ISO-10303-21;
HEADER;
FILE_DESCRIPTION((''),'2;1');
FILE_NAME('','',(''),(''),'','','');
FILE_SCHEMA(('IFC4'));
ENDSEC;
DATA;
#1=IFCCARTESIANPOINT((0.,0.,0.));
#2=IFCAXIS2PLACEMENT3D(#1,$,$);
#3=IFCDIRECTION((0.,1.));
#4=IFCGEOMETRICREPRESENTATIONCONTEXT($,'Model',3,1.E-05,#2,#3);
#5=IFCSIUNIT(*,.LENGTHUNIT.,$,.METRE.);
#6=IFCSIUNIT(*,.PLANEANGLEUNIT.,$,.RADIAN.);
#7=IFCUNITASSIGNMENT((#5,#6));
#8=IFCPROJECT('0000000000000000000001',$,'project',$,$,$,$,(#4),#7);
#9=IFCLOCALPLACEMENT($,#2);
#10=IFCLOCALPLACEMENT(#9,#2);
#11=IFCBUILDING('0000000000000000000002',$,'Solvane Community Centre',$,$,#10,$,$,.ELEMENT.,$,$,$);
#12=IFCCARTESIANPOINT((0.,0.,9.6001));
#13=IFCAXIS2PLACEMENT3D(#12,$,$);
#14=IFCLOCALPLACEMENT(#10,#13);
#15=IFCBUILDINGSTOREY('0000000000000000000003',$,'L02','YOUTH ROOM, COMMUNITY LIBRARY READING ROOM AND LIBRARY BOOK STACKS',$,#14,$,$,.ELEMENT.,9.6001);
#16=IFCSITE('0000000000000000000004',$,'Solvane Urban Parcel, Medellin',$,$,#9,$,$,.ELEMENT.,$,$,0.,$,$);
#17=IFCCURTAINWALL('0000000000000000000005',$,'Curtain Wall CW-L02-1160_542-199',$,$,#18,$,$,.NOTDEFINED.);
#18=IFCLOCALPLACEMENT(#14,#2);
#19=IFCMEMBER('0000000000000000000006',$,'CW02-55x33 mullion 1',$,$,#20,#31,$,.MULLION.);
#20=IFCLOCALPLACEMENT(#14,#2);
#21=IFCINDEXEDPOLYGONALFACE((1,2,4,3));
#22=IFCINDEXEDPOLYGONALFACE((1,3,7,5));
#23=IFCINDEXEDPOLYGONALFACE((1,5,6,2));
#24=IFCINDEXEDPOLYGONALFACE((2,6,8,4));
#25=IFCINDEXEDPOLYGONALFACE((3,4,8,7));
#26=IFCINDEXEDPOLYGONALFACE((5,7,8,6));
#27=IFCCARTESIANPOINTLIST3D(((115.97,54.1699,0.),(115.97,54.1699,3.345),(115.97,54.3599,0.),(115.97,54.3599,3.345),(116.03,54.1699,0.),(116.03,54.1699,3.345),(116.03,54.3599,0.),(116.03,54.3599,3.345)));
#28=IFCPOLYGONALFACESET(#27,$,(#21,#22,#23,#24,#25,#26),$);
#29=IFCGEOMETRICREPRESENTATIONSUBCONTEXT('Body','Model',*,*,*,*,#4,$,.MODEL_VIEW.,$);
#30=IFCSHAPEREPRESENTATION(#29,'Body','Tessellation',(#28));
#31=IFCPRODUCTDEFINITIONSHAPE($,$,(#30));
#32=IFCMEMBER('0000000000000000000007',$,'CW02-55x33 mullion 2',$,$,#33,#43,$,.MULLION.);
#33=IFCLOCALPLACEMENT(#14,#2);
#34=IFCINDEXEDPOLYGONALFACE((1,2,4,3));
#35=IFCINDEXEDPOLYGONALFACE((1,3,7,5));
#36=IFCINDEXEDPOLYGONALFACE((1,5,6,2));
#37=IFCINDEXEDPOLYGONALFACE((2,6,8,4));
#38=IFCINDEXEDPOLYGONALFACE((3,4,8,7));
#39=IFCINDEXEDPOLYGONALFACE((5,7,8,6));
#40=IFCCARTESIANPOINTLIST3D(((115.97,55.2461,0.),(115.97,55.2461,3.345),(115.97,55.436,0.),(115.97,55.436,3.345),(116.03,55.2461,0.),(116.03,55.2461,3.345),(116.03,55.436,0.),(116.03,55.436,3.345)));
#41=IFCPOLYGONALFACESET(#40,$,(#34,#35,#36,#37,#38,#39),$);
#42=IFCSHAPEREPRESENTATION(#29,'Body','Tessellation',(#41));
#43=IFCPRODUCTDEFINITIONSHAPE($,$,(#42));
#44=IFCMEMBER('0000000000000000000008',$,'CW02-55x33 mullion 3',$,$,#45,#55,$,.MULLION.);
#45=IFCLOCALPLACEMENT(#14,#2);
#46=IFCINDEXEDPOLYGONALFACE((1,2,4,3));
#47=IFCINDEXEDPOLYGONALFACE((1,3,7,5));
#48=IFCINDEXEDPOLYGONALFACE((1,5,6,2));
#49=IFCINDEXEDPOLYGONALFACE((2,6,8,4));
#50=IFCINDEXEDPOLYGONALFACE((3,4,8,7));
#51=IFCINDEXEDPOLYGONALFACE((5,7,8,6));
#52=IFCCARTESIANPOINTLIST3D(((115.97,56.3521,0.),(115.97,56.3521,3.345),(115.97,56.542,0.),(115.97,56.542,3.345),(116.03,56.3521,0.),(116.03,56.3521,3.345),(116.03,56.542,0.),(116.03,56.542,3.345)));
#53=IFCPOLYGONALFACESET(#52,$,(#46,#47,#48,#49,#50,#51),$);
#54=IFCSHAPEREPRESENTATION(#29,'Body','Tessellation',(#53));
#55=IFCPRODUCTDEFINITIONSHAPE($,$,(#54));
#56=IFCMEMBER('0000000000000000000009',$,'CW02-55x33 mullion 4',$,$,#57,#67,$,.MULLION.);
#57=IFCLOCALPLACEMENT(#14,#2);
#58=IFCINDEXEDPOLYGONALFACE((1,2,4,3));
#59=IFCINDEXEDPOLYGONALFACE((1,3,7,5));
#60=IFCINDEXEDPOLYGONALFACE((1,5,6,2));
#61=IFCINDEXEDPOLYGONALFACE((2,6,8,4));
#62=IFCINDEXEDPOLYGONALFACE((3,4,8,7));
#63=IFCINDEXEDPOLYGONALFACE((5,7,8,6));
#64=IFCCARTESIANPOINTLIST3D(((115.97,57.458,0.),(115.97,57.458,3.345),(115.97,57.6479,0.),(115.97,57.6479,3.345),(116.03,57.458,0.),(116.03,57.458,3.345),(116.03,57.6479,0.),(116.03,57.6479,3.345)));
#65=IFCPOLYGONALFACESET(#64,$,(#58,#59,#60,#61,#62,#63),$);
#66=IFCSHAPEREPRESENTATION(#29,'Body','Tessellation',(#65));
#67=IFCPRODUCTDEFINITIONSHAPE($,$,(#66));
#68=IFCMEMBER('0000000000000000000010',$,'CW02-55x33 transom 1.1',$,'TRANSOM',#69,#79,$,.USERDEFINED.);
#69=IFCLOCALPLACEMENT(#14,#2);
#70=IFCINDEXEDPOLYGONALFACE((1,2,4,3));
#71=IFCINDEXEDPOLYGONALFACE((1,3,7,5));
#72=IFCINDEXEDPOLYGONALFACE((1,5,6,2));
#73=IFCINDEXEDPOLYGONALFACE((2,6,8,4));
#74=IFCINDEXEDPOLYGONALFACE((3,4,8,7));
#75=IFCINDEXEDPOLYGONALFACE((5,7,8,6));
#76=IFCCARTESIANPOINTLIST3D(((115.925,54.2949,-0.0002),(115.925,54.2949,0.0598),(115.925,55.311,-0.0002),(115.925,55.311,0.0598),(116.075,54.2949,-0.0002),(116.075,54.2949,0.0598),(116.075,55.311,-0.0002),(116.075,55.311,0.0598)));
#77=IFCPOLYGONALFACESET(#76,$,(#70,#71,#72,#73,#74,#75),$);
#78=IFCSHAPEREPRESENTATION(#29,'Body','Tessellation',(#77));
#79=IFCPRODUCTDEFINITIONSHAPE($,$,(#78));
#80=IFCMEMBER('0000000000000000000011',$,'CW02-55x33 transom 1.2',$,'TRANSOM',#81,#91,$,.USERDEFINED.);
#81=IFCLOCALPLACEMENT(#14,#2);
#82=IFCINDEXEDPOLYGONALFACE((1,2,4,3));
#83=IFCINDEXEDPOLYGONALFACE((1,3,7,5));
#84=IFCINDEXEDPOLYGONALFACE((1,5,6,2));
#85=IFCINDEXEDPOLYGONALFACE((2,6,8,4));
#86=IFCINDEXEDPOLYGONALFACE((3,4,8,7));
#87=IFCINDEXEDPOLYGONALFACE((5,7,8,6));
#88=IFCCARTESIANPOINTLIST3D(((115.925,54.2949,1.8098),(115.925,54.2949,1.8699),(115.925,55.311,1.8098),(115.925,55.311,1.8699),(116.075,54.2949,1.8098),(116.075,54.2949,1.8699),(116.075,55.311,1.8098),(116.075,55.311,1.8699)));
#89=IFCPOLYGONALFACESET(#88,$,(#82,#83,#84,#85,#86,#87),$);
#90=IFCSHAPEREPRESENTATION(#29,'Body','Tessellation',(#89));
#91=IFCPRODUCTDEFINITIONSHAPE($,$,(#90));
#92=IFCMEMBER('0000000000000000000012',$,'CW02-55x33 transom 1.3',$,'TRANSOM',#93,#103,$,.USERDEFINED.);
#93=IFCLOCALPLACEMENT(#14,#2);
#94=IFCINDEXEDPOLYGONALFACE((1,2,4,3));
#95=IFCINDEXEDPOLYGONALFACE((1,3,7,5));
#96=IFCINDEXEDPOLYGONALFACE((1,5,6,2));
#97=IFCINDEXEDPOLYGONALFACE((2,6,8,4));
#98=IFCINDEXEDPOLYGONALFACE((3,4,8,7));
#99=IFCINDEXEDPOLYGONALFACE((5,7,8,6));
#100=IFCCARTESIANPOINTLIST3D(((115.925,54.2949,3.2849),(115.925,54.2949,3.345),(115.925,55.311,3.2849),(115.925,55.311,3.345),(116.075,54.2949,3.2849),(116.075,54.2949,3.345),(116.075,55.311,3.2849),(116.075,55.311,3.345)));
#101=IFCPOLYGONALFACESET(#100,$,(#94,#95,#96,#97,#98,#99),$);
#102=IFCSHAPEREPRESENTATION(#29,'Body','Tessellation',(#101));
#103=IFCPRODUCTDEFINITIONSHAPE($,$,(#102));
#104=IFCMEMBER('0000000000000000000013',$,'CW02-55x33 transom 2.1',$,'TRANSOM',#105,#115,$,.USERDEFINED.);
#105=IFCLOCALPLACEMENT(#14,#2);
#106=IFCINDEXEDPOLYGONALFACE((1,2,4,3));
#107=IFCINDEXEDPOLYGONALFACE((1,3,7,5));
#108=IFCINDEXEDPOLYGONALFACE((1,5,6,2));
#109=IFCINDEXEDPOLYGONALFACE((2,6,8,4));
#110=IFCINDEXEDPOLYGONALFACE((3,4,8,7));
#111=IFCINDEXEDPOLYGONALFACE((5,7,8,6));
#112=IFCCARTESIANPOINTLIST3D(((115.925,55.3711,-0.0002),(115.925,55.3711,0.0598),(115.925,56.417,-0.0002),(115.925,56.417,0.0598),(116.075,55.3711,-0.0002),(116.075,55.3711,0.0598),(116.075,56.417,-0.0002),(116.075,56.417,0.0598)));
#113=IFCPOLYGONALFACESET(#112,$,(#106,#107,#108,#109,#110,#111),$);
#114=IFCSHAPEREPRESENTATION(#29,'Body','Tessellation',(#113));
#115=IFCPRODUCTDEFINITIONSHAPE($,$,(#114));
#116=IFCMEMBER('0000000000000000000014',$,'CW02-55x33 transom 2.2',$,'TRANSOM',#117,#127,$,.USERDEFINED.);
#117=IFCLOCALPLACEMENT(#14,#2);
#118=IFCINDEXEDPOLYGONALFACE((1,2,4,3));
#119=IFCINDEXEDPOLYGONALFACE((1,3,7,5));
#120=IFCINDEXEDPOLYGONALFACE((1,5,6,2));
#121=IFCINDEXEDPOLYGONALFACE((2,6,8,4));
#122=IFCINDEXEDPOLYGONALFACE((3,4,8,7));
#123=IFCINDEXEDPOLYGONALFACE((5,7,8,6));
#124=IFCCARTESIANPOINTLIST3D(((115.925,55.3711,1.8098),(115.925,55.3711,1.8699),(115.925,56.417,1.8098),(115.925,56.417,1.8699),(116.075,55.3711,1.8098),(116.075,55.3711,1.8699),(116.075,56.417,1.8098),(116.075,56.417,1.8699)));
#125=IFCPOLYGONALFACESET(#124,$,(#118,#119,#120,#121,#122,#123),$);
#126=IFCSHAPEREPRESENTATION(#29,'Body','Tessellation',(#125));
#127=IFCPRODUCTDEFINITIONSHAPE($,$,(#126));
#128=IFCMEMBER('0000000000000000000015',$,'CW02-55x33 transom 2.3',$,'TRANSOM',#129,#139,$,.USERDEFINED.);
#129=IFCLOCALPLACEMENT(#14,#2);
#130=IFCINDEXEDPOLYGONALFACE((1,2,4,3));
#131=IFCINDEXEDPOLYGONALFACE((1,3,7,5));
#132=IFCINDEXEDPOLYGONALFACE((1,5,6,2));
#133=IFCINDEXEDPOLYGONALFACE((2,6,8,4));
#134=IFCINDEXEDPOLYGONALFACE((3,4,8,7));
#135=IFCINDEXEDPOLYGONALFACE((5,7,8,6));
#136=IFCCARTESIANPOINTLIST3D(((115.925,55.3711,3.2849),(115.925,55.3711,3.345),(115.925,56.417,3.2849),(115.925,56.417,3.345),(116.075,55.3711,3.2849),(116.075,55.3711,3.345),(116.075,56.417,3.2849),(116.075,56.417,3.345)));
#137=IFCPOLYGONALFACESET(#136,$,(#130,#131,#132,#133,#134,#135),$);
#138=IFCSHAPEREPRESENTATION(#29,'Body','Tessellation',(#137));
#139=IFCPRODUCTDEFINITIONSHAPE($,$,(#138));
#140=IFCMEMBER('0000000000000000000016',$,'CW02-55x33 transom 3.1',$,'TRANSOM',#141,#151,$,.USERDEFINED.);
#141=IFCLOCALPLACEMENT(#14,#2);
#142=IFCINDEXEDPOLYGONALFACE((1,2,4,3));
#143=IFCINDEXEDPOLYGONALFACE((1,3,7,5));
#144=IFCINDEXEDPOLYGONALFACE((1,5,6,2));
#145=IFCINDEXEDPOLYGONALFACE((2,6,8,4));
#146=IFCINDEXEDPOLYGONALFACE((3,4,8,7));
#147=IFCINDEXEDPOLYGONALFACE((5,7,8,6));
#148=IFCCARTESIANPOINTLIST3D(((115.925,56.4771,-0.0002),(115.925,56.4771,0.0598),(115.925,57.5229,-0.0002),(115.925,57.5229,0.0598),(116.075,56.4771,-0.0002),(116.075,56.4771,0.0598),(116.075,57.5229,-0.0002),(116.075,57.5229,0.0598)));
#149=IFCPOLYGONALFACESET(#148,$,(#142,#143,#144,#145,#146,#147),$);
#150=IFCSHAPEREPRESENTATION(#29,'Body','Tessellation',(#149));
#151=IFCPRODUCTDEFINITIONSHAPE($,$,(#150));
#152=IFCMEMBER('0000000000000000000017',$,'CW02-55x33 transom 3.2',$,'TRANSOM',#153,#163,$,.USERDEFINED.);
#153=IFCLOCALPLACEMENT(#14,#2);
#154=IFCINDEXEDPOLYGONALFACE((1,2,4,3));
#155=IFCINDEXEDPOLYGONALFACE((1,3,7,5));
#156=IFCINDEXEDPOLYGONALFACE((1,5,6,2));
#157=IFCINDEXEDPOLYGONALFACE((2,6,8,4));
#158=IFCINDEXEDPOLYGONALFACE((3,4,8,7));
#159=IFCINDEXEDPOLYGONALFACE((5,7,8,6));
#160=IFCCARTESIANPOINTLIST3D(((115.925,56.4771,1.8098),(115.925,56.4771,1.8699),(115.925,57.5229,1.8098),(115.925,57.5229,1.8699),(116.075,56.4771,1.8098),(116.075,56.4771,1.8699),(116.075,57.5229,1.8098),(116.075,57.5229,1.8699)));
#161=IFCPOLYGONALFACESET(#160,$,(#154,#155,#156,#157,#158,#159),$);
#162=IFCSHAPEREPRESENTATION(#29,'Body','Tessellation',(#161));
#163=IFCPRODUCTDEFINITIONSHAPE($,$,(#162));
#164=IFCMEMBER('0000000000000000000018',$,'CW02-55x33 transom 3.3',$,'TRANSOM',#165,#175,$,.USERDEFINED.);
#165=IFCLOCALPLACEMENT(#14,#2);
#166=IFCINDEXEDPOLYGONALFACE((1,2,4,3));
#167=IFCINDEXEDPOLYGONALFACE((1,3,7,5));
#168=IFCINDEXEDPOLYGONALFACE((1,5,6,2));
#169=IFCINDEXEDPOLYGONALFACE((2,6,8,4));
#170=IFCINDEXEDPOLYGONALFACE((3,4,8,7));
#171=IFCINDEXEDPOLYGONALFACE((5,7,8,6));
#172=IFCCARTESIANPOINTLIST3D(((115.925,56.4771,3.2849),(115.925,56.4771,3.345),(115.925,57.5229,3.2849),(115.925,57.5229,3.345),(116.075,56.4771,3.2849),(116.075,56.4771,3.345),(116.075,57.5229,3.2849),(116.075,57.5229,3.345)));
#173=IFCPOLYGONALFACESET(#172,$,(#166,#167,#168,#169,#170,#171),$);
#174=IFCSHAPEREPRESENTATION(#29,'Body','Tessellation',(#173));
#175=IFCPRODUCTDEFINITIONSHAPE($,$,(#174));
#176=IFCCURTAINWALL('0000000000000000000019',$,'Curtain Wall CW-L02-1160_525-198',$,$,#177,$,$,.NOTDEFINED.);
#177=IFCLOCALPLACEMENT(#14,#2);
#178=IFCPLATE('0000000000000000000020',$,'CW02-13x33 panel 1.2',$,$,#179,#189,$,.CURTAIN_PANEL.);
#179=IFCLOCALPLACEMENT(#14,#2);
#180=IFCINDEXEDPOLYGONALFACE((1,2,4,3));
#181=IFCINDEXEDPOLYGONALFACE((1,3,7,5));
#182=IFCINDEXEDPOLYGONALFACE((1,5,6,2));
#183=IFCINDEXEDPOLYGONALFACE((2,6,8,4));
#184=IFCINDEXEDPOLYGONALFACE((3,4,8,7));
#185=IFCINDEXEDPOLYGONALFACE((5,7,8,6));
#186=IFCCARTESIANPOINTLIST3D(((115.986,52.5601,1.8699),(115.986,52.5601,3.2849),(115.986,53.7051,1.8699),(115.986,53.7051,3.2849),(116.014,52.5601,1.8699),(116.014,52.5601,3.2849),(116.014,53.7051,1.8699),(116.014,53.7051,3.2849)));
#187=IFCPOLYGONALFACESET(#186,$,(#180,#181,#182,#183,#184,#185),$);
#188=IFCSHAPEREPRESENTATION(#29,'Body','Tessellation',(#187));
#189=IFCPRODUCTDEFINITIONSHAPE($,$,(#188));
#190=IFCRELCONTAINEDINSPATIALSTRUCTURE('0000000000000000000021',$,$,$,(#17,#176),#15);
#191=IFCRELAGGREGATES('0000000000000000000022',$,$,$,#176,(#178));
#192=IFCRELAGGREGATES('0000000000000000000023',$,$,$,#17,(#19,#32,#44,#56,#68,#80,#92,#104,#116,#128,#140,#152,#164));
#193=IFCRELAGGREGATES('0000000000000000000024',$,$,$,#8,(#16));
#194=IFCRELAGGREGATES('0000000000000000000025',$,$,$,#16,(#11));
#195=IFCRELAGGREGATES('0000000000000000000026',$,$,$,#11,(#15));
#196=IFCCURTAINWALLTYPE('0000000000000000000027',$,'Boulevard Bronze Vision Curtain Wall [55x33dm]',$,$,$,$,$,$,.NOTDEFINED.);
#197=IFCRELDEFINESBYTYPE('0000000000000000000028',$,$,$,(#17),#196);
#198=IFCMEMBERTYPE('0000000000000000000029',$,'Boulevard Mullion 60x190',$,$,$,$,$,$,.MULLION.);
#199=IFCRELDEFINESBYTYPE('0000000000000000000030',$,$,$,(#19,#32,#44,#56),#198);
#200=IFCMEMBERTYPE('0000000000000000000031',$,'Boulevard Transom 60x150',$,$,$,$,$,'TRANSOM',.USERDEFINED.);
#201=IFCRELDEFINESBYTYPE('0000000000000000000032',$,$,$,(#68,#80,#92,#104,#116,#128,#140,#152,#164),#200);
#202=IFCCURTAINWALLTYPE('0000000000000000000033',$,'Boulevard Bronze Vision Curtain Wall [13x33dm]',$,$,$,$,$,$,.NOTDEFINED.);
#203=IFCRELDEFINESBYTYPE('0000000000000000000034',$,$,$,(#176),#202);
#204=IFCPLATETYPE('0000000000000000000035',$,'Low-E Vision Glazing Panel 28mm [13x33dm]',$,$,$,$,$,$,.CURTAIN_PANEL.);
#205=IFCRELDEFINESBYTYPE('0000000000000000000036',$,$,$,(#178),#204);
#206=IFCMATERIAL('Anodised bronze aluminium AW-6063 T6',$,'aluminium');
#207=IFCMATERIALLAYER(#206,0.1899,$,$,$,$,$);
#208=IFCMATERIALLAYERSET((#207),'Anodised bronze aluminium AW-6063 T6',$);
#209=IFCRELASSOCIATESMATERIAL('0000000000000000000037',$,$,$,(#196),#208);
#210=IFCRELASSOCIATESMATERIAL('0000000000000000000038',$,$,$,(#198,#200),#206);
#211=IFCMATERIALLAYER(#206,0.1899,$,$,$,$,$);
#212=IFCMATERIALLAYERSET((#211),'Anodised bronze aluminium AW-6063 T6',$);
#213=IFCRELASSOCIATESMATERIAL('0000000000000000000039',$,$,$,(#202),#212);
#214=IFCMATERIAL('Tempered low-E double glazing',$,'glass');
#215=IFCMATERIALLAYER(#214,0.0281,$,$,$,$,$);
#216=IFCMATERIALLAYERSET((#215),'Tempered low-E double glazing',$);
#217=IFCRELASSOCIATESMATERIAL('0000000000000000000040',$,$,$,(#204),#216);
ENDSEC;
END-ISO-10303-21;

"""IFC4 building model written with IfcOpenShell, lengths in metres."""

from ifc_helpers import new_model, si_unit, direction, frame, origin, origin_2d, place, context, subcontext, project, spatial, rectangle, extrude, material, layer, layer_set, material_profile, profile_set, type_object, element, aggregate, save


model = new_model("IFC4")

# Units and contexts
model_context = context("Model", 3, precision=1e-05, world=origin(), true_north=direction((0.0, 1.0)))
body_context = subcontext(model_context, "Body", "Model", "MODEL_VIEW")
ifc_project = project(units=[si_unit("LENGTHUNIT", "METRE"), si_unit("PLANEANGLEUNIT", "RADIAN")], contexts=[model_context])

# Site, building, storey
site_placement = place(None, origin())
site = spatial("IfcSite", under=ifc_project, at=site_placement, Name="Solvane Urban Parcel, Medellin", CompositionType="ELEMENT", RefElevation=0.0)
building_placement = place(site_placement, origin())
building = spatial("IfcBuilding", under=site, at=building_placement, Name="Solvane Community Centre", CompositionType="ELEMENT")
storey_placement = place(building_placement, frame((0.0, 0.0, 9.6001)))
storey = spatial("IfcBuildingStorey", under=building, at=storey_placement, Name="L02", Description="YOUTH ROOM, COMMUNITY LIBRARY READING ROOM AND LIBRARY BOOK STACKS", CompositionType="ELEMENT", Elevation=9.6001)

# Curtain wall, members
ifc_material_1 = material(Name="Anodised bronze aluminium AW-6063 T6", Category="aluminium")
ifc_layer_1 = layer(ifc_material_1, 0.1899)
ifc_layer_set_1 = layer_set([ifc_layer_1], Name="Anodised bronze aluminium AW-6063 T6")
curtain_wall_type_1 = type_object("IfcCurtainWallType", Name="Boulevard Bronze Vision Curtain Wall [55x33dm]", PredefinedType="NOTDEFINED", material=ifc_layer_set_1)
curtain_wall_1_placement = place(storey_placement, origin())
curtain_wall_1 = element("IfcCurtainWall", 1, at=curtain_wall_1_placement, inside=storey, type_object=curtain_wall_type_1, Name="Curtain Wall CW-L02-1160_542-199", PredefinedType="NOTDEFINED")
ifc_material_profile_1 = material_profile(ifc_material_1, rectangle(XDim=0.0601, YDim=0.1899, at=origin_2d()), Name="CW-M 60x190")
ifc_profile_set_1 = profile_set([ifc_material_profile_1], Name="Anodised bronze aluminium AW-6063 T6")
member_type_1 = type_object("IfcMemberType", Name="Boulevard Mullion 60x190", PredefinedType="MULLION", material=ifc_profile_set_1)
member_1_placement = place(storey_placement, frame((116.0, 54.2649, 0.0), z_axis=(0.0, 0.0, 1.0), x_axis=(-1.0, 0.0, 0.0)))
member_1 = element("IfcMember", 2, at=member_1_placement, type_object=member_type_1, Name="CW02-55x33 mullion 1", PredefinedType="MULLION", context=body_context, shape_type="SweptSolid", body=[
    extrude(rectangle(XDim=0.0601, YDim=0.1899, at=origin_2d()), origin(), (0.0, 0.0, 1.0), 3.345),
])
member_2_placement = place(storey_placement, frame((116.0, 55.3411, 0.0), z_axis=(0.0, 0.0, 1.0), x_axis=(-1.0, 0.0, 0.0)))
member_2 = element("IfcMember", 3, at=member_2_placement, type_object=member_type_1, Name="CW02-55x33 mullion 2", PredefinedType="MULLION", context=body_context, shape_type="SweptSolid", body=[
    extrude(rectangle(XDim=0.0601, YDim=0.1899, at=origin_2d()), origin(), (0.0, 0.0, 1.0), 3.345),
])
member_3_placement = place(storey_placement, frame((116.0, 56.447, 0.0), z_axis=(0.0, 0.0, 1.0), x_axis=(-1.0, 0.0, 0.0)))
member_3 = element("IfcMember", 4, at=member_3_placement, type_object=member_type_1, Name="CW02-55x33 mullion 3", PredefinedType="MULLION", context=body_context, shape_type="SweptSolid", body=[
    extrude(rectangle(XDim=0.0601, YDim=0.1899, at=origin_2d()), origin(), (0.0, 0.0, 1.0), 3.345),
])
member_4_placement = place(storey_placement, frame((116.0, 57.553, 0.0), z_axis=(0.0, 0.0, 1.0), x_axis=(-1.0, 0.0, 0.0)))
member_4 = element("IfcMember", 5, at=member_4_placement, type_object=member_type_1, Name="CW02-55x33 mullion 4", PredefinedType="MULLION", context=body_context, shape_type="SweptSolid", body=[
    extrude(rectangle(XDim=0.0601, YDim=0.1899, at=origin_2d()), origin(), (0.0, 0.0, 1.0), 3.345),
])
ifc_material_profile_2 = material_profile(ifc_material_1, rectangle(XDim=0.1499, YDim=0.0601, at=origin_2d()), Name="CW-T 60x150")
ifc_profile_set_2 = profile_set([ifc_material_profile_2], Name="Anodised bronze aluminium AW-6063 T6")
member_type_2 = type_object("IfcMemberType", Name="Boulevard Transom 60x150", ElementType="TRANSOM", PredefinedType="USERDEFINED", material=ifc_profile_set_2)
member_5_placement = place(storey_placement, frame((116.0, 54.2949, 0.0298), z_axis=(0.0, 1.0, 0.0), x_axis=(-1.0, 0.0, 0.0)))
member_5 = element("IfcMember", 6, at=member_5_placement, type_object=member_type_2, Name="CW02-55x33 transom 1.1", ObjectType="TRANSOM", PredefinedType="USERDEFINED", context=body_context, shape_type="SweptSolid", body=[
    extrude(rectangle(XDim=0.1499, YDim=0.0601, at=origin_2d()), origin(), (0.0, 0.0, 1.0), 1.0161),
])
member_6_placement = place(storey_placement, frame((116.0, 54.2949, 1.8398), z_axis=(0.0, 1.0, 0.0), x_axis=(-1.0, 0.0, 0.0)))
member_6 = element("IfcMember", 7, at=member_6_placement, type_object=member_type_2, Name="CW02-55x33 transom 1.2", ObjectType="TRANSOM", PredefinedType="USERDEFINED", context=body_context, shape_type="SweptSolid", body=[
    extrude(rectangle(XDim=0.1499, YDim=0.0601, at=origin_2d()), origin(), (0.0, 0.0, 1.0), 1.0161),
])
member_7_placement = place(storey_placement, frame((116.0, 54.2949, 3.3149), z_axis=(0.0, 1.0, 0.0), x_axis=(-1.0, 0.0, 0.0)))
member_7 = element("IfcMember", 8, at=member_7_placement, type_object=member_type_2, Name="CW02-55x33 transom 1.3", ObjectType="TRANSOM", PredefinedType="USERDEFINED", context=body_context, shape_type="SweptSolid", body=[
    extrude(rectangle(XDim=0.1499, YDim=0.0601, at=origin_2d()), origin(), (0.0, 0.0, 1.0), 1.0161),
])
member_8_placement = place(storey_placement, frame((116.0, 55.3711, 0.0298), z_axis=(0.0, 1.0, 0.0), x_axis=(-1.0, 0.0, 0.0)))
member_8 = element("IfcMember", 9, at=member_8_placement, type_object=member_type_2, Name="CW02-55x33 transom 2.1", ObjectType="TRANSOM", PredefinedType="USERDEFINED", context=body_context, shape_type="SweptSolid", body=[
    extrude(rectangle(XDim=0.1499, YDim=0.0601, at=origin_2d()), origin(), (0.0, 0.0, 1.0), 1.0459),
])
member_9_placement = place(storey_placement, frame((116.0, 55.3711, 1.8398), z_axis=(0.0, 1.0, 0.0), x_axis=(-1.0, 0.0, 0.0)))
member_9 = element("IfcMember", 10, at=member_9_placement, type_object=member_type_2, Name="CW02-55x33 transom 2.2", ObjectType="TRANSOM", PredefinedType="USERDEFINED", context=body_context, shape_type="SweptSolid", body=[
    extrude(rectangle(XDim=0.1499, YDim=0.0601, at=origin_2d()), origin(), (0.0, 0.0, 1.0), 1.0459),
])
member_10_placement = place(storey_placement, frame((116.0, 55.3711, 3.3149), z_axis=(0.0, 1.0, 0.0), x_axis=(-1.0, 0.0, 0.0)))
member_10 = element("IfcMember", 11, at=member_10_placement, type_object=member_type_2, Name="CW02-55x33 transom 2.3", ObjectType="TRANSOM", PredefinedType="USERDEFINED", context=body_context, shape_type="SweptSolid", body=[
    extrude(rectangle(XDim=0.1499, YDim=0.0601, at=origin_2d()), origin(), (0.0, 0.0, 1.0), 1.0459),
])
member_11_placement = place(storey_placement, frame((116.0, 56.4771, 0.0298), z_axis=(0.0, 1.0, 0.0), x_axis=(-1.0, 0.0, 0.0)))
member_11 = element("IfcMember", 12, at=member_11_placement, type_object=member_type_2, Name="CW02-55x33 transom 3.1", ObjectType="TRANSOM", PredefinedType="USERDEFINED", context=body_context, shape_type="SweptSolid", body=[
    extrude(rectangle(XDim=0.1499, YDim=0.0601, at=origin_2d()), origin(), (0.0, 0.0, 1.0), 1.0459),
])
member_12_placement = place(storey_placement, frame((116.0, 56.4771, 1.8398), z_axis=(0.0, 1.0, 0.0), x_axis=(-1.0, 0.0, 0.0)))
member_12 = element("IfcMember", 13, at=member_12_placement, type_object=member_type_2, Name="CW02-55x33 transom 3.2", ObjectType="TRANSOM", PredefinedType="USERDEFINED", context=body_context, shape_type="SweptSolid", body=[
    extrude(rectangle(XDim=0.1499, YDim=0.0601, at=origin_2d()), origin(), (0.0, 0.0, 1.0), 1.0459),
])
member_13_placement = place(storey_placement, frame((116.0, 56.4771, 3.3149), z_axis=(0.0, 1.0, 0.0), x_axis=(-1.0, 0.0, 0.0)))
member_13 = element("IfcMember", 14, at=member_13_placement, type_object=member_type_2, Name="CW02-55x33 transom 3.3", ObjectType="TRANSOM", PredefinedType="USERDEFINED", context=body_context, shape_type="SweptSolid", body=[
    extrude(rectangle(XDim=0.1499, YDim=0.0601, at=origin_2d()), origin(), (0.0, 0.0, 1.0), 1.0459),
])

# Curtain wall, plate
ifc_layer_2 = layer(ifc_material_1, 0.1899)
ifc_layer_set_2 = layer_set([ifc_layer_2], Name="Anodised bronze aluminium AW-6063 T6")
curtain_wall_type_2 = type_object("IfcCurtainWallType", Name="Boulevard Bronze Vision Curtain Wall [13x33dm]", PredefinedType="NOTDEFINED", material=ifc_layer_set_2)
curtain_wall_2_placement = place(storey_placement, origin())
curtain_wall_2 = element("IfcCurtainWall", 15, at=curtain_wall_2_placement, inside=storey, type_object=curtain_wall_type_2, Name="Curtain Wall CW-L02-1160_525-198", PredefinedType="NOTDEFINED")
ifc_material_2 = material(Name="Tempered low-E double glazing", Category="glass")
ifc_layer_3 = layer(ifc_material_2, 0.0281)
ifc_layer_set_3 = layer_set([ifc_layer_3], Name="Tempered low-E double glazing")
plate_type_1 = type_object("IfcPlateType", Name="Low-E Vision Glazing Panel 28mm [13x33dm]", PredefinedType="CURTAIN_PANEL", material=ifc_layer_set_3)
plate_1_placement = place(storey_placement, frame((116.0, 53.1326, 1.8699), z_axis=(0.0, 0.0, 1.0), x_axis=(0.0, 1.0, 0.0)))
plate_1 = element("IfcPlate", 16, at=plate_1_placement, type_object=plate_type_1, Name="CW02-13x33 panel 1.2", PredefinedType="CURTAIN_PANEL", context=body_context, shape_type="SweptSolid", body=[
    extrude(rectangle(XDim=1.145, YDim=0.0281, at=origin_2d()), origin(), (0.0, 0.0, 1.0), 1.415),
])
aggregate(curtain_wall_2, [plate_1])

aggregate(curtain_wall_1, [member_1, member_2, member_3, member_4, member_5, member_6, member_7, member_8, member_9, member_10, member_11, member_12, member_13])

save(model, "model.ifc")
